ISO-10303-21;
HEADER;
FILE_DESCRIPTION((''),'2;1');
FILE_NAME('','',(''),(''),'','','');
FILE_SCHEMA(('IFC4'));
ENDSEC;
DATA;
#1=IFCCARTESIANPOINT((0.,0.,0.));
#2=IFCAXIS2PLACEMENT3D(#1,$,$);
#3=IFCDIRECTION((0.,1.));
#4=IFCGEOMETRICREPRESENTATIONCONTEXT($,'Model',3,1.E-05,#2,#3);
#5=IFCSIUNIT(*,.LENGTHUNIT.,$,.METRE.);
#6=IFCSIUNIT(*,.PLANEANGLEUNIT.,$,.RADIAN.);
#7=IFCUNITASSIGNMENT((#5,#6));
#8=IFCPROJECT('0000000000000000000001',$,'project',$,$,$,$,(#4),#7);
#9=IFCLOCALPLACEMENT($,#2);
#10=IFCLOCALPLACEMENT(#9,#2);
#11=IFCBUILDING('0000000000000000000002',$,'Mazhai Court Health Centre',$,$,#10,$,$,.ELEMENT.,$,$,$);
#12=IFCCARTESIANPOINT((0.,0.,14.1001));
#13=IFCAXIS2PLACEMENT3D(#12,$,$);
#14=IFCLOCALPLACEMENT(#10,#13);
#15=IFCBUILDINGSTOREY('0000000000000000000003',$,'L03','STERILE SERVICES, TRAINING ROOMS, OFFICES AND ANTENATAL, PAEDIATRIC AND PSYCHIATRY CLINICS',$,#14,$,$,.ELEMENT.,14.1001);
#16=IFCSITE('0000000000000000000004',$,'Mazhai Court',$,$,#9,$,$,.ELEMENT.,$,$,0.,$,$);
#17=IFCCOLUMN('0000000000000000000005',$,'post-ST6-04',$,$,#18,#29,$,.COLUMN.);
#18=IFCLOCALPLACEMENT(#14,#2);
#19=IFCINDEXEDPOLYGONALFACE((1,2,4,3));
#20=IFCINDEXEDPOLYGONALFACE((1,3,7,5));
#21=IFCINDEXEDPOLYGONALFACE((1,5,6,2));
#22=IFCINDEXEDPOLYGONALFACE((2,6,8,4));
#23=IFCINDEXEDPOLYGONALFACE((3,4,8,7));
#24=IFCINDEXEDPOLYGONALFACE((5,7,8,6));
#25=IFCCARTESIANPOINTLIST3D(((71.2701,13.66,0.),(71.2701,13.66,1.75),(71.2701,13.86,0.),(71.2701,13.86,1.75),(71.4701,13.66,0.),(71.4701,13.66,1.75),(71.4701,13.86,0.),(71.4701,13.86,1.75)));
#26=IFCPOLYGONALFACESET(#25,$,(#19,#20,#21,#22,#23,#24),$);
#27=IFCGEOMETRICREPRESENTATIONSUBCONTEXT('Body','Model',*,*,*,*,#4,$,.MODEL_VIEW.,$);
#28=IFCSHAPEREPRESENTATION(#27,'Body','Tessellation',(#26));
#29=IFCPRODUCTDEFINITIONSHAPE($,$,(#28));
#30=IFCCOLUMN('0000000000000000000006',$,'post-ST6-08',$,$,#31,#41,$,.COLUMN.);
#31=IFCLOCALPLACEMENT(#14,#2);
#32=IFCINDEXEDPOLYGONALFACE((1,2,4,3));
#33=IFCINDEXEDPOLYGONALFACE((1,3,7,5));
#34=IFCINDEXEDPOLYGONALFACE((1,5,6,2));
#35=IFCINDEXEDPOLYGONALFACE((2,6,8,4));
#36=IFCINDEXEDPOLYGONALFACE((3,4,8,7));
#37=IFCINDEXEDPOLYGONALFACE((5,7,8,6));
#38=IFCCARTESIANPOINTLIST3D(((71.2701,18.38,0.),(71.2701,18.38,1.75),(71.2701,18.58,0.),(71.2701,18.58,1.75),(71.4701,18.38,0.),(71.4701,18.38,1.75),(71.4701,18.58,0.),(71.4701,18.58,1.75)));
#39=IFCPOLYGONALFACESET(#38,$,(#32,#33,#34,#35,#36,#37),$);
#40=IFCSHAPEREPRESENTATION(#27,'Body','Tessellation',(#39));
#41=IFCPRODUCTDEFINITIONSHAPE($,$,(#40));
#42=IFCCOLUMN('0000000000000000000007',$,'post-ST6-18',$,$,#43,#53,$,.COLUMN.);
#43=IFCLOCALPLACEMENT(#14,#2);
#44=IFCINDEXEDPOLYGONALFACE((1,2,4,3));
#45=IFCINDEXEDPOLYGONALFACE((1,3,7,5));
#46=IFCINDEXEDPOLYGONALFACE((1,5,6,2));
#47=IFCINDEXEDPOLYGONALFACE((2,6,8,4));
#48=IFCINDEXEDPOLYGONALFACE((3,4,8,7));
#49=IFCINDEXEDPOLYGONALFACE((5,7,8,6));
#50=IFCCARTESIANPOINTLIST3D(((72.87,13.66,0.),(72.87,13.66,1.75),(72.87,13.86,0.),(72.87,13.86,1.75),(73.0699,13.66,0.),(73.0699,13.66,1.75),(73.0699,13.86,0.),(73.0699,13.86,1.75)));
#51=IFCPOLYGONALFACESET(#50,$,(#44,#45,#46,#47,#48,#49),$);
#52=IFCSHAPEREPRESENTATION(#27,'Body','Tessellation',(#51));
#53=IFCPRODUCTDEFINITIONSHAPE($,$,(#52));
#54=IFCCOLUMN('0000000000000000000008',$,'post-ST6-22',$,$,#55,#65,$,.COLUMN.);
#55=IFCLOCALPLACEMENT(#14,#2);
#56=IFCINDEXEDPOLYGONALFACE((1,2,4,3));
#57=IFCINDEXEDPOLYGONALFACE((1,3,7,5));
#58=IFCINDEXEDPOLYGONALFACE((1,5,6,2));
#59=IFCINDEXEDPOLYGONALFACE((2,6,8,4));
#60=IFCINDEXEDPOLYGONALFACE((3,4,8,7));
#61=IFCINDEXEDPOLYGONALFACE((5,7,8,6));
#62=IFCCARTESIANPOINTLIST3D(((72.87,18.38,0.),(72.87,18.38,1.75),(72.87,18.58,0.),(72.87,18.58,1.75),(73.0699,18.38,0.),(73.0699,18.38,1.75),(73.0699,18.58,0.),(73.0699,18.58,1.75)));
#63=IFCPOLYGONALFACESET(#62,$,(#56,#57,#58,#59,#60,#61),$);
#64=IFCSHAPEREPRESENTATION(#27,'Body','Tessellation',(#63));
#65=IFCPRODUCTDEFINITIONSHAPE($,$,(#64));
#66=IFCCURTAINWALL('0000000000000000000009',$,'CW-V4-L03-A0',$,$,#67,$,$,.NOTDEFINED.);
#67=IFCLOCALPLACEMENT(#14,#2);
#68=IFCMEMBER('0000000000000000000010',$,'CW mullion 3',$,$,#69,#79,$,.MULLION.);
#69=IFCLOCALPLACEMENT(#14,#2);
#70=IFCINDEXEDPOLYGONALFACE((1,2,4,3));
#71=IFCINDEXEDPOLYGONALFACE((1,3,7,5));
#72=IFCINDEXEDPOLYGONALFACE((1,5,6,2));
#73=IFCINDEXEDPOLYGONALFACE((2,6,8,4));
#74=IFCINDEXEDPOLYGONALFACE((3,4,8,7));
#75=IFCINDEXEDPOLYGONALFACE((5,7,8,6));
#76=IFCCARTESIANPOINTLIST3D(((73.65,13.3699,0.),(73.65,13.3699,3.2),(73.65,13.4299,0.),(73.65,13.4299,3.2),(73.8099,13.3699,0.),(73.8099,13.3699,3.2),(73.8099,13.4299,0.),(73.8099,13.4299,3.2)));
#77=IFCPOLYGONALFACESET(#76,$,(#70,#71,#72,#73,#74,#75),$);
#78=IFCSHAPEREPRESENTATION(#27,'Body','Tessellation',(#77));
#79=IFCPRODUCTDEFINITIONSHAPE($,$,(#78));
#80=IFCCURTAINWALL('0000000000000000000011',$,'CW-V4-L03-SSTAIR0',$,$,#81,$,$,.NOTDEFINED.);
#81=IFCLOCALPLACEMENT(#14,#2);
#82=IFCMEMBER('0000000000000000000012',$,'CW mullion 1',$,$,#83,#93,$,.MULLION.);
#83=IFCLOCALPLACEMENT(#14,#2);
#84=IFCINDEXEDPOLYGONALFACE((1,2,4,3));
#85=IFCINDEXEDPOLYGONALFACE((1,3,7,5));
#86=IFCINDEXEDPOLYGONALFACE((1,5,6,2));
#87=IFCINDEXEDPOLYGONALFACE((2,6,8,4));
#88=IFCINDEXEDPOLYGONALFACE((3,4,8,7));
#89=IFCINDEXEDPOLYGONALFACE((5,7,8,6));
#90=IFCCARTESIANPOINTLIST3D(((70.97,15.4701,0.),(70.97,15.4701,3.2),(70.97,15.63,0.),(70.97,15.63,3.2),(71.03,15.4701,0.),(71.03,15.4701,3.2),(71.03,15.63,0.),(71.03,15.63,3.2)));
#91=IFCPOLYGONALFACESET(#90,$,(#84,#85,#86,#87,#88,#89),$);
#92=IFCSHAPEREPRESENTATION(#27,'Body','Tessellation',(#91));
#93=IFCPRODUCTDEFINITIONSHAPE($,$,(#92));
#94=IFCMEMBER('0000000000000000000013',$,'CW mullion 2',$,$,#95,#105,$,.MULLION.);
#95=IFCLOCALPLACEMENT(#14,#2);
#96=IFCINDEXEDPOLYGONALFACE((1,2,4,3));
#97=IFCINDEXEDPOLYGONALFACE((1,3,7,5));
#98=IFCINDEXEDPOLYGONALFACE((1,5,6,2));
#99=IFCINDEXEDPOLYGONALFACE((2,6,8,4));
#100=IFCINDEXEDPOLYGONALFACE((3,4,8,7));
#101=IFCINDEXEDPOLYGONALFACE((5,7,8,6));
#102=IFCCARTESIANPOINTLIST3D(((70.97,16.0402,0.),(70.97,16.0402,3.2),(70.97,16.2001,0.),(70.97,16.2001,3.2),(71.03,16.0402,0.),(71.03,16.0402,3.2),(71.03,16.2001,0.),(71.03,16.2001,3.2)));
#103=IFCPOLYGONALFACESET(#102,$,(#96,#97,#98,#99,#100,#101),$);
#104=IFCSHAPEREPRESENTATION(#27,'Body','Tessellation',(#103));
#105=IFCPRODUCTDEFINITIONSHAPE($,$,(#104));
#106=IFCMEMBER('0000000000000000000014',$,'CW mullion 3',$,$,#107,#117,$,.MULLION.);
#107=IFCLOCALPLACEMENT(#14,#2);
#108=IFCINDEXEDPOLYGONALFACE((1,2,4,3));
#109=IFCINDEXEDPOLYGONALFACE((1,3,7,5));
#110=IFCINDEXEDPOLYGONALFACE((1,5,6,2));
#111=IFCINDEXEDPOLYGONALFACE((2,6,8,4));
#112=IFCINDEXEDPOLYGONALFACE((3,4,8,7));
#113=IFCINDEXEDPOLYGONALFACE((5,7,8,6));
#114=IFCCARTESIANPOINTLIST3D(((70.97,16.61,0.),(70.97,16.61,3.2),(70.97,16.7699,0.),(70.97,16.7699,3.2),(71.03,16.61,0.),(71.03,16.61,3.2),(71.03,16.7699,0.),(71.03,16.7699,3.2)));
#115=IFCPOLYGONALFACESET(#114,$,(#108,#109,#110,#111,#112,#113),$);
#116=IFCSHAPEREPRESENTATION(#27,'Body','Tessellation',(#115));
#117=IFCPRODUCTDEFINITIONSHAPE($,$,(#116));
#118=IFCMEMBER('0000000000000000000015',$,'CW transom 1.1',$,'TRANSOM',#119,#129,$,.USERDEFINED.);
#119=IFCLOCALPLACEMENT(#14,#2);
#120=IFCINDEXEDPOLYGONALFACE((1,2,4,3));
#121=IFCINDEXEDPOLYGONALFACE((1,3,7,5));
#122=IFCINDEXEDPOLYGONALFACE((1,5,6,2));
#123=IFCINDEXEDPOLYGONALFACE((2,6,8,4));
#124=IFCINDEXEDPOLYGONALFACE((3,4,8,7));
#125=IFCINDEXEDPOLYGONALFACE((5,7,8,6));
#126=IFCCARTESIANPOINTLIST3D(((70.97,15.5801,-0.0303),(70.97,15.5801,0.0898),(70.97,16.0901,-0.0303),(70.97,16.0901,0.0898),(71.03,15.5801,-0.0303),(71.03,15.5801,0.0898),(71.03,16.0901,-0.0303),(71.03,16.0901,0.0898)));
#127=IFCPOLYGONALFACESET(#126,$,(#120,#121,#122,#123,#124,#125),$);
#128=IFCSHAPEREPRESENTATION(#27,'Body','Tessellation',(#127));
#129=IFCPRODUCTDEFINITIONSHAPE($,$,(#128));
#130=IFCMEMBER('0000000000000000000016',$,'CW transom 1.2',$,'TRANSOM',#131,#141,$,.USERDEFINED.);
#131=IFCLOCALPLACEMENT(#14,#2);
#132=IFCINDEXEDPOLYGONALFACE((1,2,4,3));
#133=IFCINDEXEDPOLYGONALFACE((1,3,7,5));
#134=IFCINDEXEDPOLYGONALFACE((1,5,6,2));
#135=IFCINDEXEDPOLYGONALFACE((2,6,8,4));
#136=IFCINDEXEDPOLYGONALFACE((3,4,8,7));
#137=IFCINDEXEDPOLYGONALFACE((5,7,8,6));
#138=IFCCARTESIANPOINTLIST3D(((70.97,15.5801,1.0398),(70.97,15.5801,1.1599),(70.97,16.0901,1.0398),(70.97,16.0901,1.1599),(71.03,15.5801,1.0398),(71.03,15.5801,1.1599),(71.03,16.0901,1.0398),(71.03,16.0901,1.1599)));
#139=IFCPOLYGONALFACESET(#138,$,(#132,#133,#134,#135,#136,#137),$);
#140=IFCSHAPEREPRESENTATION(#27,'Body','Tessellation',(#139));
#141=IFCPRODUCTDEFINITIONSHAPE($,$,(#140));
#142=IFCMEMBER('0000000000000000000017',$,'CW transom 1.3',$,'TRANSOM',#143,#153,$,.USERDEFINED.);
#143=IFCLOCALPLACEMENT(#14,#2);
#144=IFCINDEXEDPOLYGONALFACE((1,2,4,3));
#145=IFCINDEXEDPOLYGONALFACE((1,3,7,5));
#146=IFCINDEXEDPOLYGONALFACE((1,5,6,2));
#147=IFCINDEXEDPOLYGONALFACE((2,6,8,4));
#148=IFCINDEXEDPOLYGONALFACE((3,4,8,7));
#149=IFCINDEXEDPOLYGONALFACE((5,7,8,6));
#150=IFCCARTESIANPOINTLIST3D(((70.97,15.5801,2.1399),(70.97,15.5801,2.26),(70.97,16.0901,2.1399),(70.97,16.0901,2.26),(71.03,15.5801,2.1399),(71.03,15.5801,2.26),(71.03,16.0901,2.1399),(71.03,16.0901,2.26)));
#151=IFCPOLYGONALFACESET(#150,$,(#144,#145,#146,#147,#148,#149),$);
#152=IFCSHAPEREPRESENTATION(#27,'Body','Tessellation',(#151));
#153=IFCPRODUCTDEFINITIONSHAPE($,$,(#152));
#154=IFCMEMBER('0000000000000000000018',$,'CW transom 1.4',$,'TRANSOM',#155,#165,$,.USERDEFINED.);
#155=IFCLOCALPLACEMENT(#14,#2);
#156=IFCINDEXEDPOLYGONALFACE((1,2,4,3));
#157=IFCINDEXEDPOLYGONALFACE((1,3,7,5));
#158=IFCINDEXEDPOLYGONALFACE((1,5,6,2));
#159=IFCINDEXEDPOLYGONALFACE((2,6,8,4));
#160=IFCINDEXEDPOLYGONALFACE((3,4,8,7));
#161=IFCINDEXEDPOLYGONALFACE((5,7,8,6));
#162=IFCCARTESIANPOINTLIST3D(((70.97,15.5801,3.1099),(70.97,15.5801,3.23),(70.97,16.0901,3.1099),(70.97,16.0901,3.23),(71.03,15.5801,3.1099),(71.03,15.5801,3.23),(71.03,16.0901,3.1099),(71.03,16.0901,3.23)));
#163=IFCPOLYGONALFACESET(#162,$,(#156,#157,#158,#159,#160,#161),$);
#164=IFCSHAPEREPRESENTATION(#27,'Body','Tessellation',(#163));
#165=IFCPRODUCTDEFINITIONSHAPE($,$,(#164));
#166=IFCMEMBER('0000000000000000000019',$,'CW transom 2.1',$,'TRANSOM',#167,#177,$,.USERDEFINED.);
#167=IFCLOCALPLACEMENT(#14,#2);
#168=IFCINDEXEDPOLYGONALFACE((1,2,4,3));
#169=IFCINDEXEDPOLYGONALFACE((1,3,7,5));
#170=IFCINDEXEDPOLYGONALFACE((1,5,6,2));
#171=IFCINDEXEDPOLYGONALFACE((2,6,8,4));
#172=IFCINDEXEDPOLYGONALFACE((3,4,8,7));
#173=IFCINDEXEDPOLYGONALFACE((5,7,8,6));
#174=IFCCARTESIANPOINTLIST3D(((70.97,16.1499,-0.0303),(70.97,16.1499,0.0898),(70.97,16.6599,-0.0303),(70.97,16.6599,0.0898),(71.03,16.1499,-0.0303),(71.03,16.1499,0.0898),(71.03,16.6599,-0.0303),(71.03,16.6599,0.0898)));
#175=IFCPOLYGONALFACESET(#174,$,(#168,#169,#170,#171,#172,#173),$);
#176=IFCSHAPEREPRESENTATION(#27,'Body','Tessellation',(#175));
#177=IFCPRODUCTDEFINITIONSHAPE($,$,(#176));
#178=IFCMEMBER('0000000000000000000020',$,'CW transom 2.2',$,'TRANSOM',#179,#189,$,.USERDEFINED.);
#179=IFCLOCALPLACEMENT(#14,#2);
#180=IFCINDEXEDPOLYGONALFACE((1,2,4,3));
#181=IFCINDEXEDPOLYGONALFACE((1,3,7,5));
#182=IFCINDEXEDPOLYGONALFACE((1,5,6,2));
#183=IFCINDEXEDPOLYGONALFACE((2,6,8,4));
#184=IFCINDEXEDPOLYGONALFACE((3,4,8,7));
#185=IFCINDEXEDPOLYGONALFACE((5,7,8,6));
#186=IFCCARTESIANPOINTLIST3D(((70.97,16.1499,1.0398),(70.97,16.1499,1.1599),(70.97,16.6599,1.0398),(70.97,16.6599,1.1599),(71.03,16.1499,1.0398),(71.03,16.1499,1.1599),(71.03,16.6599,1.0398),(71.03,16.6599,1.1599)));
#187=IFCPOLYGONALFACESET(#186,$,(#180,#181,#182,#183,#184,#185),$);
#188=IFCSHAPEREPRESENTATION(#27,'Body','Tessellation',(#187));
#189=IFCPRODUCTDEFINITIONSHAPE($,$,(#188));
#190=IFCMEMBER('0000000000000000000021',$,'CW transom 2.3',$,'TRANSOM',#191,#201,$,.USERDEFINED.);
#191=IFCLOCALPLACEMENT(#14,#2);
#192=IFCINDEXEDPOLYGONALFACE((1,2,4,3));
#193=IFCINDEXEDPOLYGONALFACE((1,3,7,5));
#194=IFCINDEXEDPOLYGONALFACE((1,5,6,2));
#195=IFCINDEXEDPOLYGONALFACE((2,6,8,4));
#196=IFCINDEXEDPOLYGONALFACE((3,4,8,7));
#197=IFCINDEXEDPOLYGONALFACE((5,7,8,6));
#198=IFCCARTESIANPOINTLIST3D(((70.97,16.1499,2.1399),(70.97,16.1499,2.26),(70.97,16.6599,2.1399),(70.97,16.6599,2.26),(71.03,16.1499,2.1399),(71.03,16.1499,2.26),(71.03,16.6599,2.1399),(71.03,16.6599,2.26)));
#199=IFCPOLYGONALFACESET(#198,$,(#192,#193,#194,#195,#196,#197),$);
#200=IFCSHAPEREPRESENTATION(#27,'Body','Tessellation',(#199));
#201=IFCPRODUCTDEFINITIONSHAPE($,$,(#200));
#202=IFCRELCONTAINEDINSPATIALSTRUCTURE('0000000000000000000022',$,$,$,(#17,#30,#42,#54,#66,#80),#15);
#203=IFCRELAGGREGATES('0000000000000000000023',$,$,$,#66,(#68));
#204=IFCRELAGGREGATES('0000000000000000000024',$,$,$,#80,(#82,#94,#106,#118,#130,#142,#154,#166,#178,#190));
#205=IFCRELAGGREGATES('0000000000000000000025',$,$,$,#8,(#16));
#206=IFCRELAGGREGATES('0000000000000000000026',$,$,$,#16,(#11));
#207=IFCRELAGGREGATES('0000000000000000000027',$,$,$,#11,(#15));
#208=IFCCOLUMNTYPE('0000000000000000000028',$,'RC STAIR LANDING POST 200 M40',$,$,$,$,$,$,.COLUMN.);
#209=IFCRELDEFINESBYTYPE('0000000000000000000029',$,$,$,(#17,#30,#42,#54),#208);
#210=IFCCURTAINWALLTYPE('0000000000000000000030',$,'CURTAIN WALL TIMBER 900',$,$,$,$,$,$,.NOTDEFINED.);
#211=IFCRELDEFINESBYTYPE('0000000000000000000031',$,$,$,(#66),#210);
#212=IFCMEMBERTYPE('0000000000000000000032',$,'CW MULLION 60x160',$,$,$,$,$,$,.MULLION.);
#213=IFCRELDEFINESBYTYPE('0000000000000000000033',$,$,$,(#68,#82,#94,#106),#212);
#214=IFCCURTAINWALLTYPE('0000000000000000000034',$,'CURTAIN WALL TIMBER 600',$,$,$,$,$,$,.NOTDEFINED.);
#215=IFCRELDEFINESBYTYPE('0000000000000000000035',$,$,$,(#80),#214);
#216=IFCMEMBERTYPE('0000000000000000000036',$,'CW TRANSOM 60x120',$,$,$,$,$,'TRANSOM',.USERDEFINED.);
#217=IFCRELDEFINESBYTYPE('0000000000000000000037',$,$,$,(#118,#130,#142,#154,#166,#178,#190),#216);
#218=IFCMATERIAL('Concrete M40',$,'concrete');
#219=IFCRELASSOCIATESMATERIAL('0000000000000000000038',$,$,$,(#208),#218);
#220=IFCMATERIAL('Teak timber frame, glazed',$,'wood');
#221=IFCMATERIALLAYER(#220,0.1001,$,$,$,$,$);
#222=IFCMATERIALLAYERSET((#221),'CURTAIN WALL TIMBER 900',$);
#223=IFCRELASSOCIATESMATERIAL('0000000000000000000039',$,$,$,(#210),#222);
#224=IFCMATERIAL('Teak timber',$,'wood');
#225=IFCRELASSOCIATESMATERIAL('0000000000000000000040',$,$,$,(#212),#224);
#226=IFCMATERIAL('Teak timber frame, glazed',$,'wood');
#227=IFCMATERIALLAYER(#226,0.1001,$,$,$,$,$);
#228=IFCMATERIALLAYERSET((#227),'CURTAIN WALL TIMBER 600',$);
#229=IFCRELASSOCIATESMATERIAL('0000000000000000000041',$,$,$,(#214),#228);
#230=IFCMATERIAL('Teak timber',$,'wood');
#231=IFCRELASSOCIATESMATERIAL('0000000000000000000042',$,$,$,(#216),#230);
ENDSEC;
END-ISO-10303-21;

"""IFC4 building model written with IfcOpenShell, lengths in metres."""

from ifc_helpers import new_model, si_unit, direction, frame, origin, origin_2d, place, context, subcontext, project, spatial, rectangle, extrude, material, layer, layer_set, material_profile, profile_set, type_object, element, aggregate, save


model = new_model("IFC4")

# Units and contexts
model_context = context("Model", 3, precision=1e-05, world=origin(), true_north=direction((0.0, 1.0)))
body_context = subcontext(model_context, "Body", "Model", "MODEL_VIEW")
ifc_project = project(units=[si_unit("LENGTHUNIT", "METRE"), si_unit("PLANEANGLEUNIT", "RADIAN")], contexts=[model_context])

# Site, building, storey
site_placement = place(None, origin())
site = spatial("IfcSite", under=ifc_project, at=site_placement, Name="Mazhai Court", CompositionType="ELEMENT", RefElevation=0.0)
building_placement = place(site_placement, origin())
building = spatial("IfcBuilding", under=site, at=building_placement, Name="Mazhai Court Health Centre", CompositionType="ELEMENT")
storey_placement = place(building_placement, frame((0.0, 0.0, 14.1001)))
storey = spatial("IfcBuildingStorey", under=building, at=storey_placement, Name="L03", Description="STERILE SERVICES, TRAINING ROOMS, OFFICES AND ANTENATAL, PAEDIATRIC AND PSYCHIATRY CLINICS", CompositionType="ELEMENT", Elevation=14.1001)

# Columns
ifc_material_1 = material(Name="Concrete M40", Category="concrete")
ifc_material_profile_1 = material_profile(ifc_material_1, rectangle(XDim=0.2, YDim=0.2, at=origin_2d()), Name="RC 200x200")
ifc_profile_set_1 = profile_set([ifc_material_profile_1], Name="Concrete M40")
column_type = type_object("IfcColumnType", Name="RC STAIR LANDING POST 200 M40", PredefinedType="COLUMN", material=ifc_profile_set_1)
for number, where, z_axis, x_axis, name in (
    (1, (71.3701, 13.76, 0.0), (0.0, 0.0, 1.0), (1.0, 0.0, 0.0), "post-ST6-04"),
    (2, (71.3701, 18.48, 0.0), (0.0, 0.0, 1.0), (1.0, 0.0, 0.0), "post-ST6-08"),
    (3, (72.97, 13.76, 0.0), (0.0, 0.0, 1.0), (1.0, 0.0, 0.0), "post-ST6-18"),
    (4, (72.97, 18.48, 0.0), (0.0, 0.0, 1.0), (1.0, 0.0, 0.0), "post-ST6-22"),
):
    element("IfcColumn", number, at=place(storey_placement, frame(where, z_axis=z_axis, x_axis=x_axis)), inside=storey, type_object=column_type, Name=name, PredefinedType="COLUMN", context=body_context, shape_type="SweptSolid", body=[
        extrude(rectangle(XDim=0.2, YDim=0.2, at=origin_2d()), origin(), (0.0, 0.0, 1.0), 1.75),
    ])

# Curtain wall, member
ifc_material_2 = material(Name="Teak timber frame, glazed", Category="wood")
ifc_layer_1 = layer(ifc_material_2, 0.1001)
ifc_layer_set_1 = layer_set([ifc_layer_1], Name="CURTAIN WALL TIMBER 900")
curtain_wall_type_1 = type_object("IfcCurtainWallType", Name="CURTAIN WALL TIMBER 900", PredefinedType="NOTDEFINED", material=ifc_layer_set_1)
curtain_wall_1_placement = place(storey_placement, origin())
curtain_wall_1 = element("IfcCurtainWall", 5, at=curtain_wall_1_placement, inside=storey, type_object=curtain_wall_type_1, Name="CW-V4-L03-A0", PredefinedType="NOTDEFINED")
ifc_material_3 = material(Name="Teak timber", Category="wood")
ifc_material_profile_2 = material_profile(ifc_material_3, rectangle(XDim=0.0601, YDim=0.1599, at=origin_2d()), Name="CW MULLION 60x160")
ifc_profile_set_2 = profile_set([ifc_material_profile_2], Name="Teak timber")
member_type_1 = type_object("IfcMemberType", Name="CW MULLION 60x160", PredefinedType="MULLION", material=ifc_profile_set_2)
member_1_placement = place(storey_placement, frame((73.73, 13.3999, 0.0), z_axis=(0.0, 0.0, 1.0), x_axis=(0.0, -1.0, 0.0)))
member_1 = element("IfcMember", 6, at=member_1_placement, type_object=member_type_1, Name="CW mullion 3", PredefinedType="MULLION", context=body_context, shape_type="SweptSolid", body=[
    extrude(rectangle(XDim=0.0601, YDim=0.1599, at=origin_2d()), origin(), (0.0, 0.0, 1.0), 3.2),
])

# Curtain wall, members
ifc_material_4 = material(Name="Teak timber frame, glazed", Category="wood")
ifc_layer_2 = layer(ifc_material_4, 0.1001)
ifc_layer_set_2 = layer_set([ifc_layer_2], Name="CURTAIN WALL TIMBER 600")
curtain_wall_type_2 = type_object("IfcCurtainWallType", Name="CURTAIN WALL TIMBER 600", PredefinedType="NOTDEFINED", material=ifc_layer_set_2)
curtain_wall_2_placement = place(storey_placement, origin())
curtain_wall_2 = element("IfcCurtainWall", 7, at=curtain_wall_2_placement, inside=storey, type_object=curtain_wall_type_2, Name="CW-V4-L03-SSTAIR0", PredefinedType="NOTDEFINED")
member_2_placement = place(storey_placement, frame((71.0, 15.55, 0.0), z_axis=(0.0, 0.0, 1.0), x_axis=(-1.0, 0.0, 0.0)))
member_2 = element("IfcMember", 8, at=member_2_placement, type_object=member_type_1, Name="CW mullion 1", PredefinedType="MULLION", context=body_context, shape_type="SweptSolid", body=[
    extrude(rectangle(XDim=0.0601, YDim=0.1599, at=origin_2d()), origin(), (0.0, 0.0, 1.0), 3.2),
])
member_3_placement = place(storey_placement, frame((71.0, 16.1201, 0.0), z_axis=(0.0, 0.0, 1.0), x_axis=(-1.0, 0.0, 0.0)))
member_3 = element("IfcMember", 9, at=member_3_placement, type_object=member_type_1, Name="CW mullion 2", PredefinedType="MULLION", context=body_context, shape_type="SweptSolid", body=[
    extrude(rectangle(XDim=0.0601, YDim=0.1599, at=origin_2d()), origin(), (0.0, 0.0, 1.0), 3.2),
])
member_4_placement = place(storey_placement, frame((71.0, 16.6899, 0.0), z_axis=(0.0, 0.0, 1.0), x_axis=(-1.0, 0.0, 0.0)))
member_4 = element("IfcMember", 10, at=member_4_placement, type_object=member_type_1, Name="CW mullion 3", PredefinedType="MULLION", context=body_context, shape_type="SweptSolid", body=[
    extrude(rectangle(XDim=0.0601, YDim=0.1599, at=origin_2d()), origin(), (0.0, 0.0, 1.0), 3.2),
])
ifc_material_5 = material(Name="Teak timber", Category="wood")
ifc_material_profile_3 = material_profile(ifc_material_5, rectangle(XDim=0.0601, YDim=0.1201, at=origin_2d()), Name="CW TRANSOM 60x120")
ifc_profile_set_3 = profile_set([ifc_material_profile_3], Name="Teak timber")
member_type_2 = type_object("IfcMemberType", Name="CW TRANSOM 60x120", ElementType="TRANSOM", PredefinedType="USERDEFINED", material=ifc_profile_set_3)
member_5_placement = place(storey_placement, frame((71.0, 15.5801, 0.0298), z_axis=(0.0, 1.0, 0.0), x_axis=(-1.0, 0.0, 0.0)))
member_5 = element("IfcMember", 11, at=member_5_placement, type_object=member_type_2, Name="CW transom 1.1", ObjectType="TRANSOM", PredefinedType="USERDEFINED", context=body_context, shape_type="SweptSolid", body=[
    extrude(rectangle(XDim=0.0601, YDim=0.1201, at=origin_2d()), origin(), (0.0, 0.0, 1.0), 0.51),
])
member_6_placement = place(storey_placement, frame((71.0, 15.5801, 1.0999), z_axis=(0.0, 1.0, 0.0), x_axis=(-1.0, 0.0, 0.0)))
member_6 = element("IfcMember", 12, at=member_6_placement, type_object=member_type_2, Name="CW transom 1.2", ObjectType="TRANSOM", PredefinedType="USERDEFINED", context=body_context, shape_type="SweptSolid", body=[
    extrude(rectangle(XDim=0.0601, YDim=0.1201, at=origin_2d()), origin(), (0.0, 0.0, 1.0), 0.51),
])
member_7_placement = place(storey_placement, frame((71.0, 15.5801, 2.2), z_axis=(0.0, 1.0, 0.0), x_axis=(-1.0, 0.0, 0.0)))
member_7 = element("IfcMember", 13, at=member_7_placement, type_object=member_type_2, Name="CW transom 1.3", ObjectType="TRANSOM", PredefinedType="USERDEFINED", context=body_context, shape_type="SweptSolid", body=[
    extrude(rectangle(XDim=0.0601, YDim=0.1201, at=origin_2d()), origin(), (0.0, 0.0, 1.0), 0.51),
])
member_8_placement = place(storey_placement, frame((71.0, 15.5801, 3.1699), z_axis=(0.0, 1.0, 0.0), x_axis=(-1.0, 0.0, 0.0)))
member_8 = element("IfcMember", 14, at=member_8_placement, type_object=member_type_2, Name="CW transom 1.4", ObjectType="TRANSOM", PredefinedType="USERDEFINED", context=body_context, shape_type="SweptSolid", body=[
    extrude(rectangle(XDim=0.0601, YDim=0.1201, at=origin_2d()), origin(), (0.0, 0.0, 1.0), 0.51),
])
member_9_placement = place(storey_placement, frame((71.0, 16.1499, 0.0298), z_axis=(0.0, 1.0, 0.0), x_axis=(-1.0, 0.0, 0.0)))
member_9 = element("IfcMember", 15, at=member_9_placement, type_object=member_type_2, Name="CW transom 2.1", ObjectType="TRANSOM", PredefinedType="USERDEFINED", context=body_context, shape_type="SweptSolid", body=[
    extrude(rectangle(XDim=0.0601, YDim=0.1201, at=origin_2d()), origin(), (0.0, 0.0, 1.0), 0.51),
])
member_10_placement = place(storey_placement, frame((71.0, 16.1499, 1.0999), z_axis=(0.0, 1.0, 0.0), x_axis=(-1.0, 0.0, 0.0)))
member_10 = element("IfcMember", 16, at=member_10_placement, type_object=member_type_2, Name="CW transom 2.2", ObjectType="TRANSOM", PredefinedType="USERDEFINED", context=body_context, shape_type="SweptSolid", body=[
    extrude(rectangle(XDim=0.0601, YDim=0.1201, at=origin_2d()), origin(), (0.0, 0.0, 1.0), 0.51),
])
member_11_placement = place(storey_placement, frame((71.0, 16.1499, 2.2), z_axis=(0.0, 1.0, 0.0), x_axis=(-1.0, 0.0, 0.0)))
member_11 = element("IfcMember", 17, at=member_11_placement, type_object=member_type_2, Name="CW transom 2.3", ObjectType="TRANSOM", PredefinedType="USERDEFINED", context=body_context, shape_type="SweptSolid", body=[
    extrude(rectangle(XDim=0.0601, YDim=0.1201, at=origin_2d()), origin(), (0.0, 0.0, 1.0), 0.51),
])

aggregate(curtain_wall_1, [member_1])
aggregate(curtain_wall_2, [member_2, member_3, member_4, member_5, member_6, member_7, member_8, member_9, member_10, member_11])

save(model, "model.ifc")
